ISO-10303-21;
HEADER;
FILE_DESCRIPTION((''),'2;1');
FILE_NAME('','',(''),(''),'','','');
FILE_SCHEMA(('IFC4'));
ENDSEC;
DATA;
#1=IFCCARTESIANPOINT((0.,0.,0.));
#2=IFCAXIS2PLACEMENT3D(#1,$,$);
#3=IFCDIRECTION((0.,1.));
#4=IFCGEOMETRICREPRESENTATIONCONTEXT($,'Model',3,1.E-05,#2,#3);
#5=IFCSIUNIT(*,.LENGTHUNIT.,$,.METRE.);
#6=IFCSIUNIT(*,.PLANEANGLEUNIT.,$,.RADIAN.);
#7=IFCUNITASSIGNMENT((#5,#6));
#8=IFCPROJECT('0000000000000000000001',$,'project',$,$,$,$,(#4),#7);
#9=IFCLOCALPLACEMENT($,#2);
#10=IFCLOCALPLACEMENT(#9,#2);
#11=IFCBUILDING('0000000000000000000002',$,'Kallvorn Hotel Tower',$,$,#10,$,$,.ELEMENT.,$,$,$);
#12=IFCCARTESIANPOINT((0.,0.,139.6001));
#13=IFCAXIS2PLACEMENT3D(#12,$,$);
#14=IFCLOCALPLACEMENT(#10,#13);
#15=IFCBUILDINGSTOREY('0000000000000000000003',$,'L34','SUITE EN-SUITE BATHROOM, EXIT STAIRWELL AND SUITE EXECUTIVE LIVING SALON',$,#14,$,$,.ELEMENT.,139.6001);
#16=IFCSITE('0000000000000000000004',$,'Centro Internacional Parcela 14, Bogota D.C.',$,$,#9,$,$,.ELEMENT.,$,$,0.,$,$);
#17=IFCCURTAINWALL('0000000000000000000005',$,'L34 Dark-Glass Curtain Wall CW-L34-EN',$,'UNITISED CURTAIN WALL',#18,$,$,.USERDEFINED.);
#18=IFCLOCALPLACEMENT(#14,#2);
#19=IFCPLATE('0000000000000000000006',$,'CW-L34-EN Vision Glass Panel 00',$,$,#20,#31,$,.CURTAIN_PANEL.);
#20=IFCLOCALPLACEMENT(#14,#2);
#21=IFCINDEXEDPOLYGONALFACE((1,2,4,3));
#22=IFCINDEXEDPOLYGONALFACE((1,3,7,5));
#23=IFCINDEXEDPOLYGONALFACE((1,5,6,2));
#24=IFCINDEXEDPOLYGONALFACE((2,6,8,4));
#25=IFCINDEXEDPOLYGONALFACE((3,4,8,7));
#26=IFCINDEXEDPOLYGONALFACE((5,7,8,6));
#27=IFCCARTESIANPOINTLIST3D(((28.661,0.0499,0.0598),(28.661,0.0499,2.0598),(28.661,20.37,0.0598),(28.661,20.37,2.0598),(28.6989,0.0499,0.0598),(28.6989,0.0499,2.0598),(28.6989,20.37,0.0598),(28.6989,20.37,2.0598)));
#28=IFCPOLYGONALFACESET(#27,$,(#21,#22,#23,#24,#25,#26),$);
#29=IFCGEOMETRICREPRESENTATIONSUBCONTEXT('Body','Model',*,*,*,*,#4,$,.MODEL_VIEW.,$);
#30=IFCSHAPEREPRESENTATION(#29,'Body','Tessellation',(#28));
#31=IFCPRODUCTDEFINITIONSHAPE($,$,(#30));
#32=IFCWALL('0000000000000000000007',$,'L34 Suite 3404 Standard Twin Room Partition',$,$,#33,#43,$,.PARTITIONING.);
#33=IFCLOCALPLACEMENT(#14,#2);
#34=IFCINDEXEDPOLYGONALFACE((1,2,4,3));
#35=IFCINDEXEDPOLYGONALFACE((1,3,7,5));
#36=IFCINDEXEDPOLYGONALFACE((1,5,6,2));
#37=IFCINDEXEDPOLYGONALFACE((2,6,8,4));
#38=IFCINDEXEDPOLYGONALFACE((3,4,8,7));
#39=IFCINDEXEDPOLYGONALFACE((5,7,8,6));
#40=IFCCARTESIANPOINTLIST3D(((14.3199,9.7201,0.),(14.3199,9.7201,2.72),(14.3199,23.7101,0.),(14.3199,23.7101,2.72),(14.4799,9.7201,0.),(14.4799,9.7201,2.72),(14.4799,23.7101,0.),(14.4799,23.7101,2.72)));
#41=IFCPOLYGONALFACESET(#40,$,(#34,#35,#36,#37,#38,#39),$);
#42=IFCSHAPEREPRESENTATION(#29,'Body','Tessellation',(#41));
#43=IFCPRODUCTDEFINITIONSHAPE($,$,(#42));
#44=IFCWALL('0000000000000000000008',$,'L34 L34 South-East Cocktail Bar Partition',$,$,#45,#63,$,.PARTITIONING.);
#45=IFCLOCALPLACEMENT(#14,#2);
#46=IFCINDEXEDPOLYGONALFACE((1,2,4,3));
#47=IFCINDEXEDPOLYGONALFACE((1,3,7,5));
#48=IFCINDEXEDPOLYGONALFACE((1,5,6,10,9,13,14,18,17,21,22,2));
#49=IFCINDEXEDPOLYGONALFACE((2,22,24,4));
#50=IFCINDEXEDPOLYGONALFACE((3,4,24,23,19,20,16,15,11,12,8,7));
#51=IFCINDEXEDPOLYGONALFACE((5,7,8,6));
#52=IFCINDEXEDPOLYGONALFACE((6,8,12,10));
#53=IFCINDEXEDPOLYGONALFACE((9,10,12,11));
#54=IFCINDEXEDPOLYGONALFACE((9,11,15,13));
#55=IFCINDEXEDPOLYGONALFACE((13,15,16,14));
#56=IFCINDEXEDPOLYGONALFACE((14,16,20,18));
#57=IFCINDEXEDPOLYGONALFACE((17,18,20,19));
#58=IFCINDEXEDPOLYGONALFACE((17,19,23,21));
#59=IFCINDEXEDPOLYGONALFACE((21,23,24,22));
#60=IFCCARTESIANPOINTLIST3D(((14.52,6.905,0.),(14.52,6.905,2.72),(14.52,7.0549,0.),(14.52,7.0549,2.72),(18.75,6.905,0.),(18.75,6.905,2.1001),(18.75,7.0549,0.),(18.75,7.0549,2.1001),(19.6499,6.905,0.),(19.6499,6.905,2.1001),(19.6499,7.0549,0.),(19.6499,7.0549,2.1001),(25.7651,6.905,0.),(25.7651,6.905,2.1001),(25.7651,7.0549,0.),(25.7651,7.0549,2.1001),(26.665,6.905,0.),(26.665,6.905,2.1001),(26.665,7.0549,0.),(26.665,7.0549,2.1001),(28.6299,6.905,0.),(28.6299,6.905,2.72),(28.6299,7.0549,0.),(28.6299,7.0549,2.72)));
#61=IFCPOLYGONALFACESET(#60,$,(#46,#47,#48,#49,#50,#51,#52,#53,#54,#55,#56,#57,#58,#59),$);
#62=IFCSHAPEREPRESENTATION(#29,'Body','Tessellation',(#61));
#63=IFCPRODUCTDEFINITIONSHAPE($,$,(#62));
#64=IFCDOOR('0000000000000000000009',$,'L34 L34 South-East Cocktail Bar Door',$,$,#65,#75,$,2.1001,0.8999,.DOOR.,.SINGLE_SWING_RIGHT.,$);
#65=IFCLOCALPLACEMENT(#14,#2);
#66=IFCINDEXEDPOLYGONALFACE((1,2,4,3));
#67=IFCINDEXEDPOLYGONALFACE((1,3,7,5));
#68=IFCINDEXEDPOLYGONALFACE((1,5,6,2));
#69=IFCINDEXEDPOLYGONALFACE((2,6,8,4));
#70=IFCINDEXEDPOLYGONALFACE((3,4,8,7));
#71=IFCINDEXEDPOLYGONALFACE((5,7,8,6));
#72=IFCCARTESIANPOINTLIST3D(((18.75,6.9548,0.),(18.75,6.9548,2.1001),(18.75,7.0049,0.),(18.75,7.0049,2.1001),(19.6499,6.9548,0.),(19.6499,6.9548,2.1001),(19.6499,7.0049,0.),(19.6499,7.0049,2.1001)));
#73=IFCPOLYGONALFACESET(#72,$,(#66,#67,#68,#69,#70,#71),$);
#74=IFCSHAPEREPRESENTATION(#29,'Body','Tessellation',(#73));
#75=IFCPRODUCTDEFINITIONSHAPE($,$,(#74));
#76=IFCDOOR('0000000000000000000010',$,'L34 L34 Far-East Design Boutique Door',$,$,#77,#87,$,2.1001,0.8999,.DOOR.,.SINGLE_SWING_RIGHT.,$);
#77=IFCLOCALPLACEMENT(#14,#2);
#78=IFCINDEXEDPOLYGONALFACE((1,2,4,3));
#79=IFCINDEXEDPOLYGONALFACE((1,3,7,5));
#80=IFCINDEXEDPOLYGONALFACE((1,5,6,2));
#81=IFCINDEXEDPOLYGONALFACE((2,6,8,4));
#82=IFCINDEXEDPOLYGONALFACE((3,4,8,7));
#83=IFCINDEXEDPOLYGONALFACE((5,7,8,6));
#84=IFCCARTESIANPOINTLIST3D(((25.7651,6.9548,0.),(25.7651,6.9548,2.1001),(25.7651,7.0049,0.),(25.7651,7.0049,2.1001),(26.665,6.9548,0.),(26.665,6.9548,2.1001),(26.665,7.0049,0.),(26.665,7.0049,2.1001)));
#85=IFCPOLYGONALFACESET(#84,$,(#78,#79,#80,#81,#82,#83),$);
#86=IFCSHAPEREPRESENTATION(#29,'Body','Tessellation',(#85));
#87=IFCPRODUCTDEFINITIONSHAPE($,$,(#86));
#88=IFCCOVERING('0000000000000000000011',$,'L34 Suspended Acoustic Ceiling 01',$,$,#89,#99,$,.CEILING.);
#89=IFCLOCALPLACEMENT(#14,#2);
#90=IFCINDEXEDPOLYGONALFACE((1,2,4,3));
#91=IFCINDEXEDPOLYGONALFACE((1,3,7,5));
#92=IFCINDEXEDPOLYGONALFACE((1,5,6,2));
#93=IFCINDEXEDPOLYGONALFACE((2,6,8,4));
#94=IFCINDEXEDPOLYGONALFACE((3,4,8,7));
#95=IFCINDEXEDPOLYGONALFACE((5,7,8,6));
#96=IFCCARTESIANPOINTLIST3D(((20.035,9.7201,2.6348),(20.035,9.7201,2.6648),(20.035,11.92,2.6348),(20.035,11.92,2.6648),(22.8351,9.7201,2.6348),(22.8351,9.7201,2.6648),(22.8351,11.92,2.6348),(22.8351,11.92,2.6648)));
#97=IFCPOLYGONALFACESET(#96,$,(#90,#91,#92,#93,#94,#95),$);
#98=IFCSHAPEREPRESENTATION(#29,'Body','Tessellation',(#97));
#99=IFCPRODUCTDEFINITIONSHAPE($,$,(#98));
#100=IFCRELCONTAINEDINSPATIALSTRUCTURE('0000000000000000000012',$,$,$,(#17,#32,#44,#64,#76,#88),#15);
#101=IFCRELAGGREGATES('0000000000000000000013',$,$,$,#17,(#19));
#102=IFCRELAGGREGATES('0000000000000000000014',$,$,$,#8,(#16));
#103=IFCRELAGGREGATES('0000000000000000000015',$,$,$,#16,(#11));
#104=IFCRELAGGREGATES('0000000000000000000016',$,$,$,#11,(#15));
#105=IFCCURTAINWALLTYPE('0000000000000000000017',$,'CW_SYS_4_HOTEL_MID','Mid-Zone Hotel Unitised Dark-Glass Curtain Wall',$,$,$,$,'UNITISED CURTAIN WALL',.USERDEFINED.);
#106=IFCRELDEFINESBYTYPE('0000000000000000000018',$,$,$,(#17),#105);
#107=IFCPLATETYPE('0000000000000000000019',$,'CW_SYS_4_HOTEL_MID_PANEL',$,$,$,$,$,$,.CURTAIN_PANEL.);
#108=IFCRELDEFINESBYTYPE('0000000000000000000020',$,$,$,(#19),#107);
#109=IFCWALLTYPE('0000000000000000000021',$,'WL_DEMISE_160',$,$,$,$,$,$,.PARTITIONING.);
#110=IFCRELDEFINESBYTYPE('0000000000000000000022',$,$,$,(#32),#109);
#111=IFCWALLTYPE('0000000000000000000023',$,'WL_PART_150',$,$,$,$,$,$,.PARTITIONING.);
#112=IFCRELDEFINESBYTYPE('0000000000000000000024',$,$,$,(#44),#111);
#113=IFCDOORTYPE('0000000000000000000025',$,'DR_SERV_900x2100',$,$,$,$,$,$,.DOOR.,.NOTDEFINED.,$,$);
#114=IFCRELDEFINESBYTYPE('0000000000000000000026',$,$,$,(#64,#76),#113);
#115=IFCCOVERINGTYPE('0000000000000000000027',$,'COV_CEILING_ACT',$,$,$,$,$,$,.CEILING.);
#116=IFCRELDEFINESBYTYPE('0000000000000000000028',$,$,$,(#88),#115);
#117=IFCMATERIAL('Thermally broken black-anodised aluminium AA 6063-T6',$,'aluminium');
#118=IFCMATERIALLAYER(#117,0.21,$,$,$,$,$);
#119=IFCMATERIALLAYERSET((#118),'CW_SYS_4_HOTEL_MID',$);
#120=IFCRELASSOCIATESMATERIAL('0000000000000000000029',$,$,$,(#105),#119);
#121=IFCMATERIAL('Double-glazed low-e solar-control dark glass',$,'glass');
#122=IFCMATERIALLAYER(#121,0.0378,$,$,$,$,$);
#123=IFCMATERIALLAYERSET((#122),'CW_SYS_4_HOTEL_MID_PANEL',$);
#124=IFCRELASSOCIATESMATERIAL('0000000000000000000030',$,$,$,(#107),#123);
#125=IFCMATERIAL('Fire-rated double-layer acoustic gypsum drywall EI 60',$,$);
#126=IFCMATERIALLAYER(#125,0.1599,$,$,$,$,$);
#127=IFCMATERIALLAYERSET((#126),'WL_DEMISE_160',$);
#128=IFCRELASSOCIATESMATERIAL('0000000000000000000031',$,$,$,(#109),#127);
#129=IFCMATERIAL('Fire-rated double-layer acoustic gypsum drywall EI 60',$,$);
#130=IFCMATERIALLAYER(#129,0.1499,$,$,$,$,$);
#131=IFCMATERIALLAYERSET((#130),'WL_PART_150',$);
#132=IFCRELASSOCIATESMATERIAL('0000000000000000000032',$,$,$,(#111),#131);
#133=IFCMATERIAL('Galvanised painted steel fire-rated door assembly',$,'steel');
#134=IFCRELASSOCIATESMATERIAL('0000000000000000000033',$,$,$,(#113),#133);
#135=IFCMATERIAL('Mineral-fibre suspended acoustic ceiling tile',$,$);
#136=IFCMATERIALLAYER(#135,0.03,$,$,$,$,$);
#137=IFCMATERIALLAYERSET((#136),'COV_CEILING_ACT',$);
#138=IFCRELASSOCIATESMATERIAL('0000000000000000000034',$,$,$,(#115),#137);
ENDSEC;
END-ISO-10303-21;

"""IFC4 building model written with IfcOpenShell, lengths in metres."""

from ifc_helpers import new_model, si_unit, direction, frame, frame_2d, origin, origin_2d, place, context, subcontext, project, spatial, rectangle, extrude, material, layer, layer_set, type_object, element, fill, aggregate, save


model = new_model("IFC4")

# Units and contexts
model_context = context("Model", 3, precision=1e-05, world=origin(), true_north=direction((0.0, 1.0)))
body_context = subcontext(model_context, "Body", "Model", "MODEL_VIEW")
ifc_project = project(units=[si_unit("LENGTHUNIT", "METRE"), si_unit("PLANEANGLEUNIT", "RADIAN")], contexts=[model_context])

# Site, building, storey
site_placement = place(None, origin())
site = spatial("IfcSite", under=ifc_project, at=site_placement, Name="Centro Internacional Parcela 14, Bogota D.C.", CompositionType="ELEMENT", RefElevation=0.0)
building_placement = place(site_placement, origin())
building = spatial("IfcBuilding", under=site, at=building_placement, Name="Kallvorn Hotel Tower", CompositionType="ELEMENT")
storey_placement = place(building_placement, frame((0.0, 0.0, 139.6001)))
storey = spatial("IfcBuildingStorey", under=building, at=storey_placement, Name="L34", Description="SUITE EN-SUITE BATHROOM, EXIT STAIRWELL AND SUITE EXECUTIVE LIVING SALON", CompositionType="ELEMENT", Elevation=139.6001)

# Curtain wall, plate
ifc_material_1 = material(Name="Thermally broken black-anodised aluminium AA 6063-T6", Category="aluminium")
ifc_layer_1 = layer(ifc_material_1, 0.21)
ifc_layer_set_1 = layer_set([ifc_layer_1], Name="CW_SYS_4_HOTEL_MID")
curtain_wall_type = type_object("IfcCurtainWallType", Name="CW_SYS_4_HOTEL_MID", Description="Mid-Zone Hotel Unitised Dark-Glass Curtain Wall", ElementType="UNITISED CURTAIN WALL", PredefinedType="USERDEFINED", material=ifc_layer_set_1)
curtain_wall_placement = place(storey_placement, origin())
curtain_wall = element("IfcCurtainWall", 1, at=curtain_wall_placement, inside=storey, type_object=curtain_wall_type, Name="L34 Dark-Glass Curtain Wall CW-L34-EN", ObjectType="UNITISED CURTAIN WALL", PredefinedType="USERDEFINED")
ifc_material_2 = material(Name="Double-glazed low-e solar-control dark glass", Category="glass")
ifc_layer_2 = layer(ifc_material_2, 0.0378)
ifc_layer_set_2 = layer_set([ifc_layer_2], Name="CW_SYS_4_HOTEL_MID_PANEL")
plate_type = type_object("IfcPlateType", Name="CW_SYS_4_HOTEL_MID_PANEL", PredefinedType="CURTAIN_PANEL", material=ifc_layer_set_2)
plate_placement = place(storey_placement, frame((28.6799, 10.21, 0.0598), z_axis=(0.0, 0.0, 1.0), x_axis=(0.0, 1.0, 0.0)))
plate = element("IfcPlate", 2, at=plate_placement, type_object=plate_type, Name="CW-L34-EN Vision Glass Panel 00", PredefinedType="CURTAIN_PANEL", context=body_context, shape_type="SweptSolid", body=[
    extrude(rectangle(XDim=20.3201, YDim=0.0378, at=origin_2d()), origin(), (0.0, 0.0, 1.0), 2.0),
])
aggregate(curtain_wall, [plate])

# Wall
ifc_material_3 = material(Name="Fire-rated double-layer acoustic gypsum drywall EI 60")
ifc_layer_3 = layer(ifc_material_3, 0.1599)
ifc_layer_set_3 = layer_set([ifc_layer_3], Name="WL_DEMISE_160")
wall_type_1 = type_object("IfcWallType", Name="WL_DEMISE_160", PredefinedType="PARTITIONING", material=ifc_layer_set_3)
wall_1_placement = place(storey_placement, frame((14.3999, 9.72, 0.0), z_axis=(0.0, 0.0, 1.0), x_axis=(0.0, 1.0, 0.0)))
element("IfcWall", 3, at=wall_1_placement, inside=storey, type_object=wall_type_1, Name="L34 Suite 3404 Standard Twin Room Partition", PredefinedType="PARTITIONING", context=body_context, shape_type="SweptSolid", body=[
    extrude(rectangle(XDim=13.99, YDim=0.1599, at=frame_2d((6.9951, 0.0))), origin(), (0.0, 0.0, 1.0), 2.72),
])

# Wall, openings, doors
ifc_material_4 = material(Name="Fire-rated double-layer acoustic gypsum drywall EI 60")
ifc_layer_4 = layer(ifc_material_4, 0.1499)
ifc_layer_set_4 = layer_set([ifc_layer_4], Name="WL_PART_150")
wall_type_2 = type_object("IfcWallType", Name="WL_PART_150", PredefinedType="PARTITIONING", material=ifc_layer_set_4)
wall_2_placement = place(storey_placement, frame((14.52, 6.98, 0.0), z_axis=(0.0, 0.0, 1.0), x_axis=(1.0, 0.0, 0.0)))
wall_2 = element("IfcWall", 4, at=wall_2_placement, inside=storey, type_object=wall_type_2, Name="L34 L34 South-East Cocktail Bar Partition", PredefinedType="PARTITIONING", context=body_context, shape_type="SweptSolid", body=[
    extrude(rectangle(XDim=14.1099, YDim=0.1499, at=frame_2d((7.0549, 0.0))), origin(), (0.0, 0.0, 1.0), 2.72),
])
opening_1_placement = place(wall_2_placement, frame((4.23, 0.0, 0.0)))
opening_1 = element("IfcOpeningElement", 5, at=opening_1_placement, cuts=wall_2, PredefinedType="OPENING", context=body_context, shape_type="SweptSolid", body=[
    extrude(rectangle(XDim=0.8999, YDim=2.1001, at=frame_2d((0.45, 1.05))), frame((0.0, 0.0898, 0.0), z_axis=(0.0, -1.0, 0.0), x_axis=(1.0, 0.0, 0.0)), (0.0, 0.0, 1.0), 0.1799),
])
opening_2_placement = place(wall_2_placement, frame((11.2451, 0.0, 0.0)))
opening_2 = element("IfcOpeningElement", 6, at=opening_2_placement, cuts=wall_2, PredefinedType="OPENING", context=body_context, shape_type="SweptSolid", body=[
    extrude(rectangle(XDim=0.8999, YDim=2.1001, at=frame_2d((0.45, 1.05))), frame((0.0, 0.0898, 0.0), z_axis=(0.0, -1.0, 0.0), x_axis=(1.0, 0.0, 0.0)), (0.0, 0.0, 1.0), 0.1799),
])
ifc_material_5 = material(Name="Galvanised painted steel fire-rated door assembly", Category="steel")
door_type = type_object("IfcDoorType", Name="DR_SERV_900x2100", OperationType="NOTDEFINED", PredefinedType="DOOR", material=ifc_material_5)
door_1_placement = place(opening_1_placement, origin())
door_1 = element("IfcDoor", 7, at=door_1_placement, inside=storey, type_object=door_type, Name="L34 L34 South-East Cocktail Bar Door", OperationType="SINGLE_SWING_RIGHT", OverallHeight=2.1001, OverallWidth=0.8999, PredefinedType="DOOR", context=body_context, shape_type="SweptSolid", body=[
    extrude(rectangle(XDim=0.8999, YDim=2.1001, at=frame_2d((0.45, 1.05))), frame((0.0, 0.0249, 0.0), z_axis=(0.0, -1.0, 0.0), x_axis=(1.0, 0.0, 0.0)), (0.0, 0.0, 1.0), 0.05),
])
fill(opening_1, door_1)
door_2_placement = place(opening_2_placement, origin())
door_2 = element("IfcDoor", 8, at=door_2_placement, inside=storey, type_object=door_type, Name="L34 L34 Far-East Design Boutique Door", OperationType="SINGLE_SWING_RIGHT", OverallHeight=2.1001, OverallWidth=0.8999, PredefinedType="DOOR", context=body_context, shape_type="SweptSolid", body=[
    extrude(rectangle(XDim=0.8999, YDim=2.1001, at=frame_2d((0.45, 1.05))), frame((0.0, 0.0249, 0.0), z_axis=(0.0, -1.0, 0.0), x_axis=(1.0, 0.0, 0.0)), (0.0, 0.0, 1.0), 0.05),
])
fill(opening_2, door_2)

# Covering
ifc_material_6 = material(Name="Mineral-fibre suspended acoustic ceiling tile")
ifc_layer_5 = layer(ifc_material_6, 0.03)
ifc_layer_set_5 = layer_set([ifc_layer_5], Name="COV_CEILING_ACT")
covering_type = type_object("IfcCoveringType", Name="COV_CEILING_ACT", PredefinedType="CEILING", material=ifc_layer_set_5)
covering_placement = place(storey_placement, frame((21.4351, 10.8201, 2.6348), z_axis=(0.0, 0.0, 1.0), x_axis=(1.0, 0.0, 0.0)))
element("IfcCovering", 9, at=covering_placement, inside=storey, type_object=covering_type, Name="L34 Suspended Acoustic Ceiling 01", PredefinedType="CEILING", context=body_context, shape_type="SweptSolid", body=[
    extrude(rectangle(XDim=2.8, YDim=2.2, at=origin_2d()), origin(), (0.0, 0.0, 1.0), 0.03),
])

save(model, "model.ifc")
